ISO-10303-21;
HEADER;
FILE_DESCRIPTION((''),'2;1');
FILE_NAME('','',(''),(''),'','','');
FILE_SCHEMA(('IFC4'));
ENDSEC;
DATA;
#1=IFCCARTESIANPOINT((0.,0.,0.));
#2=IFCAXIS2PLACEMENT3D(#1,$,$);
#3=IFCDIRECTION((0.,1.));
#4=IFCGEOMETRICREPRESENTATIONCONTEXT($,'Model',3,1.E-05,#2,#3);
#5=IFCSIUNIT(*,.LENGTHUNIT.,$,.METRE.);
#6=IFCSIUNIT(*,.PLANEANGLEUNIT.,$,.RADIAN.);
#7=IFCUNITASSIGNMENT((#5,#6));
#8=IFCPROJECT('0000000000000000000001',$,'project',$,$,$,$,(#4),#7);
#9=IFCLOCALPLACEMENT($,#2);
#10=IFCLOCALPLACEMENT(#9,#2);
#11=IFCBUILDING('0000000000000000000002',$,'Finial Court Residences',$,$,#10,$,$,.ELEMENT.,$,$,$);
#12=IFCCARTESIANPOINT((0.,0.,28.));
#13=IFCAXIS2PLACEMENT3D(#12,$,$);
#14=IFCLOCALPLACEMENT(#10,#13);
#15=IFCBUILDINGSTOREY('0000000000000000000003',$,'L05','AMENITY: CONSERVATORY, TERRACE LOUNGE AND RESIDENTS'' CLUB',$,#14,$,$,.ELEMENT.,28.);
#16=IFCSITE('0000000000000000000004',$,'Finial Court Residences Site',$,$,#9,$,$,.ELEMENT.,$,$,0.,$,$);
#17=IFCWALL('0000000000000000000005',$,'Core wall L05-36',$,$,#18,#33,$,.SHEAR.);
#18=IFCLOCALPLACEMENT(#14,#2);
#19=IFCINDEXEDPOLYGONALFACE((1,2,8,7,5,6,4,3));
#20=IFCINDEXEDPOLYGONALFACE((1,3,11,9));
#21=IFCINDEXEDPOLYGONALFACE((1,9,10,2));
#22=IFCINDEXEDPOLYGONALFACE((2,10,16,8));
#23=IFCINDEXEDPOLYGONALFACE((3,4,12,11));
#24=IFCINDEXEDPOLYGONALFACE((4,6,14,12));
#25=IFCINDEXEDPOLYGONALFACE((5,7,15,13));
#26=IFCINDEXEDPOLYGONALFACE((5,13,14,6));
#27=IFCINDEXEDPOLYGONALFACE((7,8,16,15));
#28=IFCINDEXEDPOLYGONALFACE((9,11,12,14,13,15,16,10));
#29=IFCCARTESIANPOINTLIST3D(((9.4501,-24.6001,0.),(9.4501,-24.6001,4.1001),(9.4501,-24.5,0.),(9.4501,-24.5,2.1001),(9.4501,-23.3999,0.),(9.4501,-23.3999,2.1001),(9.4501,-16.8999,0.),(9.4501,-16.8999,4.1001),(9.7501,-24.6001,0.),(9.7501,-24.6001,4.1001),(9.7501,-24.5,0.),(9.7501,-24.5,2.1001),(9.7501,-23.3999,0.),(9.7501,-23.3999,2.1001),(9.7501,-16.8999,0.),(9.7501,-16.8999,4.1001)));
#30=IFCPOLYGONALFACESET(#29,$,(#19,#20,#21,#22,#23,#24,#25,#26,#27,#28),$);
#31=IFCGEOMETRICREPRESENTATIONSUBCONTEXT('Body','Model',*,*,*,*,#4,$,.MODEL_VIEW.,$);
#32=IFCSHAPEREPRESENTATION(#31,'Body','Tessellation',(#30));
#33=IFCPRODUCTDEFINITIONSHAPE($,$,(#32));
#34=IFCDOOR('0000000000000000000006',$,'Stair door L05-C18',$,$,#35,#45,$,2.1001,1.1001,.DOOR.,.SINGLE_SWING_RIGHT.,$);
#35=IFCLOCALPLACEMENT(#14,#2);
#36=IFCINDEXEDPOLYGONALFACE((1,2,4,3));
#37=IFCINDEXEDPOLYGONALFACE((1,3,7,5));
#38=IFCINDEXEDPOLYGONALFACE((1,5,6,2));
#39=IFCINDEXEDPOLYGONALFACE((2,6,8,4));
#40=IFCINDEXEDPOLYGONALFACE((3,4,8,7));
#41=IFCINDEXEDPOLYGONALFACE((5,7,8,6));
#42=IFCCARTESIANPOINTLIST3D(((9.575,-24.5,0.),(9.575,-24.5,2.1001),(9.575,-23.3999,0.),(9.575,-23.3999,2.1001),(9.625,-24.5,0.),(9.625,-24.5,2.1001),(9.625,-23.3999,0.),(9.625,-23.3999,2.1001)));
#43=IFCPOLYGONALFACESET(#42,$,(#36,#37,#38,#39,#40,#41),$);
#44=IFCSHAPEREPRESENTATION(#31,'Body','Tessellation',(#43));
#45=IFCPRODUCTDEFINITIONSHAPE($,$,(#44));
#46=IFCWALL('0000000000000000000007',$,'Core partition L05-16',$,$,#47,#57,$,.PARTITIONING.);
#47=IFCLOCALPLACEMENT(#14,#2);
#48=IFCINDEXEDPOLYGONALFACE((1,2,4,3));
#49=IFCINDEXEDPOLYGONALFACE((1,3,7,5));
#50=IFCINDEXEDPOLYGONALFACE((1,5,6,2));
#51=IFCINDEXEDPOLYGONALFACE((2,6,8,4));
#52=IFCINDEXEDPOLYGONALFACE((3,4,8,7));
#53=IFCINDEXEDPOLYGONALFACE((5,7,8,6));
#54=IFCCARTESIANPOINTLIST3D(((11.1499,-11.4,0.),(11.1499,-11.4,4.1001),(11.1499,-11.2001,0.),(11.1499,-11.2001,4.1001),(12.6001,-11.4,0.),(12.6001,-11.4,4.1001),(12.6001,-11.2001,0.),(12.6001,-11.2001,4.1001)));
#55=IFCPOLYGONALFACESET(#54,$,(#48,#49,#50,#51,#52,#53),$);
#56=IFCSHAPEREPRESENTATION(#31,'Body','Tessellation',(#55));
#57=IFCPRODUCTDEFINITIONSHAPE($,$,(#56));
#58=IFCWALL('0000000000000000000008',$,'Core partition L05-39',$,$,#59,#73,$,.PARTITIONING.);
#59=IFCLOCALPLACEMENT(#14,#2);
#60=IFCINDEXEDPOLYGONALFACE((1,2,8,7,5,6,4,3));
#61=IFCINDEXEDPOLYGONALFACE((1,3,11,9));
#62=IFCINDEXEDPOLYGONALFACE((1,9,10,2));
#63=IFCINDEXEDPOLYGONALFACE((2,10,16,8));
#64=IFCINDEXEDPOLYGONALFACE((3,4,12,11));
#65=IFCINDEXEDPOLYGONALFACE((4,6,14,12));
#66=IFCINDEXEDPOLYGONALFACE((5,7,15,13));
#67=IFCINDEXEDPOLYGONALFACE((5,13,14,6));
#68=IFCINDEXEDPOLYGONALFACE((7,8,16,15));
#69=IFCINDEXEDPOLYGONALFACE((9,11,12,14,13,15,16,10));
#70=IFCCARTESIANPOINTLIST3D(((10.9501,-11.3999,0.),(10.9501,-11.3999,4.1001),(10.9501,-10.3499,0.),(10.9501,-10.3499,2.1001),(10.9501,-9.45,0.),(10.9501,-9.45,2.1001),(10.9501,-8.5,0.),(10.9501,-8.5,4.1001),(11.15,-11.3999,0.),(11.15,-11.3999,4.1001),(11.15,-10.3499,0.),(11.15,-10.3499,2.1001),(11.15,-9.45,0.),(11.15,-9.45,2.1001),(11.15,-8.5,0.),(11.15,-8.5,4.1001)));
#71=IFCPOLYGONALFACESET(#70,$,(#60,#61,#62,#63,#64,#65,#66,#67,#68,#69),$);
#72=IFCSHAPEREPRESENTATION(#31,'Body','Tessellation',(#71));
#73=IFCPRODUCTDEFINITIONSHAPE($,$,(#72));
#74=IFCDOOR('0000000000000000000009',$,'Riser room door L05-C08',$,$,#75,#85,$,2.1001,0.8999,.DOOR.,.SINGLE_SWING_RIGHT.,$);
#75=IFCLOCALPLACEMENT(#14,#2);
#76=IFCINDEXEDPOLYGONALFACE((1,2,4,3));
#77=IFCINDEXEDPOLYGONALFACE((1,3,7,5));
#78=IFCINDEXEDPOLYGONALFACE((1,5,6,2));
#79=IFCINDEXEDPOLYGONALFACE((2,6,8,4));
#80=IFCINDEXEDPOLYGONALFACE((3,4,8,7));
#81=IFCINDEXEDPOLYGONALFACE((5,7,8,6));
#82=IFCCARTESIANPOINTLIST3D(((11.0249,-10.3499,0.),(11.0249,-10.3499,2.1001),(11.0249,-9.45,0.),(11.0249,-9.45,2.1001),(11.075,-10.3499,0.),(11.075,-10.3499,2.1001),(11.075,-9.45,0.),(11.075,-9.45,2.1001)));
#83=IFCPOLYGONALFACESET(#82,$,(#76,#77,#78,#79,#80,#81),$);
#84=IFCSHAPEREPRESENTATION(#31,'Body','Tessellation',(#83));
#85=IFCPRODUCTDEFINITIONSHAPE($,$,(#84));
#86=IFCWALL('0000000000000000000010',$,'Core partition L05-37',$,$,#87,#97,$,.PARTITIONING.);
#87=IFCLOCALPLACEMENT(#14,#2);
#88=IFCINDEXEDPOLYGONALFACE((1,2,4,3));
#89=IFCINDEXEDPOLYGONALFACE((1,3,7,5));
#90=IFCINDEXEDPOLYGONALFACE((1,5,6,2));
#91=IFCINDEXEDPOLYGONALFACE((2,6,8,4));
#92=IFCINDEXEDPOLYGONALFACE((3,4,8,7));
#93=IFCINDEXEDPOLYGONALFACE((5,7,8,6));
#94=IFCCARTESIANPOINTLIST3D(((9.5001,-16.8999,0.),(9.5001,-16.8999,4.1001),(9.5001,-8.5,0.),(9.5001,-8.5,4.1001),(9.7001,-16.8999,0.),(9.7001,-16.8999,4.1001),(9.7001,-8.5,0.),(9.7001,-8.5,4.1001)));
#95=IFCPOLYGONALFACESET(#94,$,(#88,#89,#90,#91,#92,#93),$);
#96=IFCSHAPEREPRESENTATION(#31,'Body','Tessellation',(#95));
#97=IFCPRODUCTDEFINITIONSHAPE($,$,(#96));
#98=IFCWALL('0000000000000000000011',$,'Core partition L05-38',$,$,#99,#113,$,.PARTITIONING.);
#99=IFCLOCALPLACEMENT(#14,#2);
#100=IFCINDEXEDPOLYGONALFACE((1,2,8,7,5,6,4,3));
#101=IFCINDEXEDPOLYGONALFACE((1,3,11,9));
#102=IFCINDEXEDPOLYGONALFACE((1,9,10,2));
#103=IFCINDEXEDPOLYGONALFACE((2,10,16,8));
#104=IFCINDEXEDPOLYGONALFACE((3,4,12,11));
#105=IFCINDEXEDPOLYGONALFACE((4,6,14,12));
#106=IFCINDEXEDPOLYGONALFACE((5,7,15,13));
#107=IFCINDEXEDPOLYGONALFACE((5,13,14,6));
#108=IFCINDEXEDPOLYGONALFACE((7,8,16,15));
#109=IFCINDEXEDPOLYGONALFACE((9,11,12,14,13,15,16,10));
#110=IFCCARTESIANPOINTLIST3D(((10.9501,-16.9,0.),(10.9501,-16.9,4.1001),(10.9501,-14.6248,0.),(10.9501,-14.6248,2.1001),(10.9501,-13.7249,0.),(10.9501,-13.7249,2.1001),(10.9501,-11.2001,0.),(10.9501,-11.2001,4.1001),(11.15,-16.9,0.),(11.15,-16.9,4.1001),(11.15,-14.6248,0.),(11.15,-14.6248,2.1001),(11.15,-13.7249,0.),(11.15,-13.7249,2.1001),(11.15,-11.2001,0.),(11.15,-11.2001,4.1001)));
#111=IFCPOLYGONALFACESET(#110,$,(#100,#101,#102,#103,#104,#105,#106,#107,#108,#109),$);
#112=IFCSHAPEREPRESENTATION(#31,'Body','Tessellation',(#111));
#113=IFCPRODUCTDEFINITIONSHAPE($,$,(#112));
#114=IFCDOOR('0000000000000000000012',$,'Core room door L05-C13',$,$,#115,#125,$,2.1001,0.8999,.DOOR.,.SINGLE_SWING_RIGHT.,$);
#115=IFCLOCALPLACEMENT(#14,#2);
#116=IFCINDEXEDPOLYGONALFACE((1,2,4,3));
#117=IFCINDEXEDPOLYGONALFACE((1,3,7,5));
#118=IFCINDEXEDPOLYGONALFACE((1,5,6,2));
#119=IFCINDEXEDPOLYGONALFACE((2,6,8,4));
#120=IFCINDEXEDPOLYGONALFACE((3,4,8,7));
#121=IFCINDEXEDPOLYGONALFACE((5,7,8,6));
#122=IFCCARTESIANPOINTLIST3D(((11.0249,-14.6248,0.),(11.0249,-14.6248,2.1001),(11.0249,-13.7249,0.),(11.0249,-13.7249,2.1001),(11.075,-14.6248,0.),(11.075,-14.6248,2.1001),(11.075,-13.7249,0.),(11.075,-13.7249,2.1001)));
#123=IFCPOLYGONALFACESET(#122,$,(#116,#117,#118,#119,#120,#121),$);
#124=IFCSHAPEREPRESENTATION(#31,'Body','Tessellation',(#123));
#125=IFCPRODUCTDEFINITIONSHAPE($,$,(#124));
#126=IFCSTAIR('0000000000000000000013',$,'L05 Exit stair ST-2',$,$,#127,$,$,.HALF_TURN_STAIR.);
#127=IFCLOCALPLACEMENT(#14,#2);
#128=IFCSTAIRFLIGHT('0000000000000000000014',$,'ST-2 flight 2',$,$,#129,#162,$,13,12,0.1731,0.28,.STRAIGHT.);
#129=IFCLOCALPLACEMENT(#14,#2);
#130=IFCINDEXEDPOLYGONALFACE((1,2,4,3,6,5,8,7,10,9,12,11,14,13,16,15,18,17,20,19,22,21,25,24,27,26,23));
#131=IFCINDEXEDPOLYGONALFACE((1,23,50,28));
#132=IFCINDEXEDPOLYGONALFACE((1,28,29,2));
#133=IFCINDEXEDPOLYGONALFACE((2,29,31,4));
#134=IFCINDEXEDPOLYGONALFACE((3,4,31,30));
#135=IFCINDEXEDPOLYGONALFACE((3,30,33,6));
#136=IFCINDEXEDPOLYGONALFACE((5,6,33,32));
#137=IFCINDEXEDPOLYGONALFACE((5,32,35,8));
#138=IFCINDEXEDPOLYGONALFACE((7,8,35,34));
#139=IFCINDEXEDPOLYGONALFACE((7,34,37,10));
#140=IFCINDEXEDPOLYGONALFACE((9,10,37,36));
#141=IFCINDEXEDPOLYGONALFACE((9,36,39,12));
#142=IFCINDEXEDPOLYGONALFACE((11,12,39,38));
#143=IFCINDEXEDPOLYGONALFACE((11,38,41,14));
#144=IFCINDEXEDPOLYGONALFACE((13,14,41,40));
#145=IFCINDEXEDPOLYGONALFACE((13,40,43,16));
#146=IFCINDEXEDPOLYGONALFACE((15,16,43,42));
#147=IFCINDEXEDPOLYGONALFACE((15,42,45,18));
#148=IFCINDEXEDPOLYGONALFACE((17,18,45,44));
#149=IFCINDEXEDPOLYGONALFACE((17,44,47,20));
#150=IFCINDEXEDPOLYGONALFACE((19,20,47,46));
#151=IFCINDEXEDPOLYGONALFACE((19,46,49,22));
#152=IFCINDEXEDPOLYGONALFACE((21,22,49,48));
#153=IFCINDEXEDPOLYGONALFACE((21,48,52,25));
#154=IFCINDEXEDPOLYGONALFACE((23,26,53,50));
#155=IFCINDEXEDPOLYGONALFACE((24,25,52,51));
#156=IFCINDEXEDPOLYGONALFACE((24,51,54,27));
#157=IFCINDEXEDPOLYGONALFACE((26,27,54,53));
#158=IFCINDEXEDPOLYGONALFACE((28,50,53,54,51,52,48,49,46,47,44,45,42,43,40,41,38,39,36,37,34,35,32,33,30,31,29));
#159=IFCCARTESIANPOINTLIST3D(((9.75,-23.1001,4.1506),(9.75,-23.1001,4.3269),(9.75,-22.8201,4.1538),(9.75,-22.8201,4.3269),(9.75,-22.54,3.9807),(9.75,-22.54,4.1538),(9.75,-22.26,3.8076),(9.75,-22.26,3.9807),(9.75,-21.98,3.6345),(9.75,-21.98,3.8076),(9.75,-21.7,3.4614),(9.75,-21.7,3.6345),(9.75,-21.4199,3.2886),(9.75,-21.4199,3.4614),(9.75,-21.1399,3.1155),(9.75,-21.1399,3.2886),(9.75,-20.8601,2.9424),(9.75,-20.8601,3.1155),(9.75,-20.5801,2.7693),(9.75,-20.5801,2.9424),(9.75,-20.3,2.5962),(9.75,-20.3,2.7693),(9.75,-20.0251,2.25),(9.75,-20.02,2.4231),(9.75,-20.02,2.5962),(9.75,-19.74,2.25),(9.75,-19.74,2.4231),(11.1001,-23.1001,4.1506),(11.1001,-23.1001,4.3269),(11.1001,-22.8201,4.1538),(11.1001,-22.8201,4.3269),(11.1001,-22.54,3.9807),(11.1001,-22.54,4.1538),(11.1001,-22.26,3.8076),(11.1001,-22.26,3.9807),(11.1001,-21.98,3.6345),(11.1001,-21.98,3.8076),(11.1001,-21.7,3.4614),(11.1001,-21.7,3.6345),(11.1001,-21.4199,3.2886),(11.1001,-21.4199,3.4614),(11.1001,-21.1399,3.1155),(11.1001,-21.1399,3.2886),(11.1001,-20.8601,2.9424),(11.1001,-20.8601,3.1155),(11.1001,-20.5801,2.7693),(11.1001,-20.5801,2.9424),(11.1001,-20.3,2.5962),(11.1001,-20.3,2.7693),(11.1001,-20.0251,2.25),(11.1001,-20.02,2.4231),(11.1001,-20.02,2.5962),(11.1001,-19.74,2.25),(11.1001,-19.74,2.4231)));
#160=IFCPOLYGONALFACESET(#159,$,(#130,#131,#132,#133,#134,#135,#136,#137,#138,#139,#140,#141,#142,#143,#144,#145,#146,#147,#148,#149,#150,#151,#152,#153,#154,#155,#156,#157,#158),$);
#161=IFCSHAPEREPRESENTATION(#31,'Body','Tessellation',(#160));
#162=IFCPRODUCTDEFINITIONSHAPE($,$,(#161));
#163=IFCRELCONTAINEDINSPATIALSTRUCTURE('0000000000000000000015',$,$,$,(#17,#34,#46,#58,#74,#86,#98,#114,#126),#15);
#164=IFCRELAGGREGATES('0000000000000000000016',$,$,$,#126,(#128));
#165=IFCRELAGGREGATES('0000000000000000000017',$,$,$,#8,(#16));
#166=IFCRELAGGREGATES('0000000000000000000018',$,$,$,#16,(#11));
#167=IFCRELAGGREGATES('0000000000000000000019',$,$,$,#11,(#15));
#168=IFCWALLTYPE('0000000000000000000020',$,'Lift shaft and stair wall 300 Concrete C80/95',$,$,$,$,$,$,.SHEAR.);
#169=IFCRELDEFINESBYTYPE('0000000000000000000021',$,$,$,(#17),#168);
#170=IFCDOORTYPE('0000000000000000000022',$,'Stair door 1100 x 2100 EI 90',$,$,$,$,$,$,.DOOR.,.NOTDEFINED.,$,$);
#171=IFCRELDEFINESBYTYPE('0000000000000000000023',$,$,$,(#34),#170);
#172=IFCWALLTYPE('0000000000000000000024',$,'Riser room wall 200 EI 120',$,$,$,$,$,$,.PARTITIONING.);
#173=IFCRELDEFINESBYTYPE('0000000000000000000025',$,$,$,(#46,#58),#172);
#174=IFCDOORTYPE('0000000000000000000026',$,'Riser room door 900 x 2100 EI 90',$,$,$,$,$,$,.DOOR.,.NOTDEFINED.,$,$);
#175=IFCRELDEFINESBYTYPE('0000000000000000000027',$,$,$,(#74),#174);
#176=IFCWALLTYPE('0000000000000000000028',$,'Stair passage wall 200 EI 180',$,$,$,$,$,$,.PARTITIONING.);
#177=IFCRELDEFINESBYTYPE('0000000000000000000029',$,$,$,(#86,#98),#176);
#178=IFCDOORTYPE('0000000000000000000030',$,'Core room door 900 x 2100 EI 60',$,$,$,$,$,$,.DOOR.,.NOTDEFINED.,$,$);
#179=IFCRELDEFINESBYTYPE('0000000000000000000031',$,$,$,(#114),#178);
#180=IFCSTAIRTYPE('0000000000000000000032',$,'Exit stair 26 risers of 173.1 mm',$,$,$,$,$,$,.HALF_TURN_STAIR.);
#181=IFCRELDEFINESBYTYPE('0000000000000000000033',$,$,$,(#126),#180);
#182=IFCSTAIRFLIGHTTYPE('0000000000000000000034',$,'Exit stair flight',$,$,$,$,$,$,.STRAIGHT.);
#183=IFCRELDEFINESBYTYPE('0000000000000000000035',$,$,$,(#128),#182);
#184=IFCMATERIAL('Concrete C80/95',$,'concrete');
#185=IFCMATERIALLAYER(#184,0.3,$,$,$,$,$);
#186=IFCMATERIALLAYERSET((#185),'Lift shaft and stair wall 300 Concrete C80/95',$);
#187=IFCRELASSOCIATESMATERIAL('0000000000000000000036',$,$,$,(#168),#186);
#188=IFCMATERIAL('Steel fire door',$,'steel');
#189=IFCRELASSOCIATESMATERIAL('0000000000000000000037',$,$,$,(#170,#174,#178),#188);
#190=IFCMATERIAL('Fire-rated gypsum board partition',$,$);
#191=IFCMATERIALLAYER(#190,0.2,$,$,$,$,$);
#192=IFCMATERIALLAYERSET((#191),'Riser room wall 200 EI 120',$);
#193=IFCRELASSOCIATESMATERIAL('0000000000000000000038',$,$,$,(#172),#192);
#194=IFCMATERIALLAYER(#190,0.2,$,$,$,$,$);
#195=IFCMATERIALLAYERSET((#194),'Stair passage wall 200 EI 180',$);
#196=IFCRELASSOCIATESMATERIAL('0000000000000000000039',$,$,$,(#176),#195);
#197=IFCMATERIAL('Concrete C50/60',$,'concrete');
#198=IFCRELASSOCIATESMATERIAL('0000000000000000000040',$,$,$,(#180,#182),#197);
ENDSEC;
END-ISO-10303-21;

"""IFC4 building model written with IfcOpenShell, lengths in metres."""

from ifc_helpers import new_model, si_unit, direction, frame, frame_2d, origin, place, context, subcontext, project, spatial, polyline, rectangle, outline, extrude, material, layer, layer_set, type_object, element, fill, aggregate, save


model = new_model("IFC4")

# Units and contexts
model_context = context("Model", 3, precision=1e-05, world=origin(), true_north=direction((0.0, 1.0)))
body_context = subcontext(model_context, "Body", "Model", "MODEL_VIEW")
ifc_project = project(units=[si_unit("LENGTHUNIT", "METRE"), si_unit("PLANEANGLEUNIT", "RADIAN")], contexts=[model_context])

# Site, building, storey
site_placement = place(None, origin())
site = spatial("IfcSite", under=ifc_project, at=site_placement, Name="Finial Court Residences Site", CompositionType="ELEMENT", RefElevation=0.0)
building_placement = place(site_placement, origin())
building = spatial("IfcBuilding", under=site, at=building_placement, Name="Finial Court Residences", CompositionType="ELEMENT")
storey_placement = place(building_placement, frame((0.0, 0.0, 28.0)))
storey = spatial("IfcBuildingStorey", under=building, at=storey_placement, Name="L05", Description="AMENITY: CONSERVATORY, TERRACE LOUNGE AND RESIDENTS' CLUB", CompositionType="ELEMENT", Elevation=28.0)

# Shared definitions
ifc_material_1 = material(Name="Concrete C80/95", Category="concrete")

# Shared definitions
ifc_layer_1 = layer(ifc_material_1, 0.3)
ifc_layer_set_1 = layer_set([ifc_layer_1], Name="Lift shaft and stair wall 300 Concrete C80/95")
wall_type_1 = type_object("IfcWallType", Name="Lift shaft and stair wall 300 Concrete C80/95", PredefinedType="SHEAR", material=ifc_layer_set_1)

# Wall, opening, door
wall_1_placement = place(storey_placement, frame((9.6001, -16.8999, 0.0), z_axis=(0.0, 0.0, 1.0), x_axis=(0.0, -1.0, 0.0)))
wall_1 = element("IfcWall", 1, at=wall_1_placement, inside=storey, type_object=wall_type_1, Name="Core wall L05-36", PredefinedType="SHEAR", context=body_context, shape_type="SweptSolid", body=[
    extrude(rectangle(XDim=7.7002, YDim=0.3, at=frame_2d((3.8501, 0.0))), origin(), (0.0, 0.0, 1.0), 4.1001),
])
opening_1_placement = place(wall_1_placement, frame((6.5, 0.0, 0.0)))
opening_1 = element("IfcOpeningElement", 2, at=opening_1_placement, cuts=wall_1, PredefinedType="OPENING", context=body_context, shape_type="SweptSolid", body=[
    extrude(rectangle(XDim=1.1001, YDim=2.1001, at=frame_2d((0.55, 1.05))), frame((0.0, 0.1599, 0.0), z_axis=(0.0, -1.0, 0.0), x_axis=(1.0, 0.0, 0.0)), (0.0, 0.0, 1.0), 0.3201),
])
ifc_material_2 = material(Name="Steel fire door", Category="steel")
door_type_1 = type_object("IfcDoorType", Name="Stair door 1100 x 2100 EI 90", OperationType="NOTDEFINED", PredefinedType="DOOR", material=ifc_material_2)
door_1_placement = place(opening_1_placement, origin())
door_1 = element("IfcDoor", 3, at=door_1_placement, inside=storey, type_object=door_type_1, Name="Stair door L05-C18", OperationType="SINGLE_SWING_RIGHT", OverallHeight=2.1001, OverallWidth=1.1001, PredefinedType="DOOR", context=body_context, shape_type="SweptSolid", body=[
    extrude(rectangle(XDim=1.1001, YDim=2.1001, at=frame_2d((0.55, 1.05))), frame((0.0, 0.0249, 0.0), z_axis=(0.0, -1.0, 0.0), x_axis=(1.0, 0.0, 0.0)), (0.0, 0.0, 1.0), 0.05),
])
fill(opening_1, door_1)

# Wall
ifc_material_3 = material(Name="Fire-rated gypsum board partition")
ifc_layer_2 = layer(ifc_material_3, 0.2)
ifc_layer_set_2 = layer_set([ifc_layer_2], Name="Riser room wall 200 EI 120")
wall_type_2 = type_object("IfcWallType", Name="Riser room wall 200 EI 120", PredefinedType="PARTITIONING", material=ifc_layer_set_2)
wall_2_placement = place(storey_placement, frame((11.1499, -11.3, 0.0), z_axis=(0.0, 0.0, 1.0), x_axis=(1.0, 0.0, 0.0)))
element("IfcWall", 4, at=wall_2_placement, inside=storey, type_object=wall_type_2, Name="Core partition L05-16", PredefinedType="PARTITIONING", context=body_context, shape_type="SweptSolid", body=[
    extrude(rectangle(XDim=1.4502, YDim=0.2, at=frame_2d((0.7251, 0.0))), origin(), (0.0, 0.0, 1.0), 4.1001),
])

# Wall, opening, door
wall_3_placement = place(storey_placement, frame((11.05, -8.5, 0.0), z_axis=(0.0, 0.0, 1.0), x_axis=(0.0, -1.0, 0.0)))
wall_3 = element("IfcWall", 5, at=wall_3_placement, inside=storey, type_object=wall_type_2, Name="Core partition L05-39", PredefinedType="PARTITIONING", context=body_context, shape_type="SweptSolid", body=[
    extrude(rectangle(XDim=2.8999, YDim=0.2, at=frame_2d((1.45, 0.0))), origin(), (0.0, 0.0, 1.0), 4.1001),
])
opening_2_placement = place(wall_3_placement, frame((0.95, 0.0, 0.0)))
opening_2 = element("IfcOpeningElement", 6, at=opening_2_placement, cuts=wall_3, PredefinedType="OPENING", context=body_context, shape_type="SweptSolid", body=[
    extrude(rectangle(XDim=0.8999, YDim=2.1001, at=frame_2d((0.45, 1.05))), frame((0.0, 0.1099, 0.0), z_axis=(0.0, -1.0, 0.0), x_axis=(1.0, 0.0, 0.0)), (0.0, 0.0, 1.0), 0.22),
])
door_type_2 = type_object("IfcDoorType", Name="Riser room door 900 x 2100 EI 90", OperationType="NOTDEFINED", PredefinedType="DOOR", material=ifc_material_2)
door_2_placement = place(opening_2_placement, origin())
door_2 = element("IfcDoor", 7, at=door_2_placement, inside=storey, type_object=door_type_2, Name="Riser room door L05-C08", OperationType="SINGLE_SWING_RIGHT", OverallHeight=2.1001, OverallWidth=0.8999, PredefinedType="DOOR", context=body_context, shape_type="SweptSolid", body=[
    extrude(rectangle(XDim=0.8999, YDim=2.1001, at=frame_2d((0.45, 1.05))), frame((0.0, 0.0249, 0.0), z_axis=(0.0, -1.0, 0.0), x_axis=(1.0, 0.0, 0.0)), (0.0, 0.0, 1.0), 0.05),
])
fill(opening_2, door_2)

# Wall
ifc_layer_3 = layer(ifc_material_3, 0.2)
ifc_layer_set_3 = layer_set([ifc_layer_3], Name="Stair passage wall 200 EI 180")
wall_type_3 = type_object("IfcWallType", Name="Stair passage wall 200 EI 180", PredefinedType="PARTITIONING", material=ifc_layer_set_3)
wall_4_placement = place(storey_placement, frame((9.6001, -16.8999, 0.0), z_axis=(0.0, 0.0, 1.0), x_axis=(0.0, 1.0, 0.0)))
element("IfcWall", 8, at=wall_4_placement, inside=storey, type_object=wall_type_3, Name="Core partition L05-37", PredefinedType="PARTITIONING", context=body_context, shape_type="SweptSolid", body=[
    extrude(rectangle(XDim=8.3999, YDim=0.2, at=frame_2d((4.2, 0.0))), origin(), (0.0, 0.0, 1.0), 4.1001),
])

# Wall, opening, door
wall_5_placement = place(storey_placement, frame((11.05, -11.2, 0.0), z_axis=(0.0, 0.0, 1.0), x_axis=(0.0, -1.0, 0.0)))
wall_5 = element("IfcWall", 9, at=wall_5_placement, inside=storey, type_object=wall_type_3, Name="Core partition L05-38", PredefinedType="PARTITIONING", context=body_context, shape_type="SweptSolid", body=[
    extrude(rectangle(XDim=5.7, YDim=0.2, at=frame_2d((2.8501, 0.0))), origin(), (0.0, 0.0, 1.0), 4.1001),
])
opening_3_placement = place(wall_5_placement, frame((2.5249, 0.0, 0.0)))
opening_3 = element("IfcOpeningElement", 10, at=opening_3_placement, cuts=wall_5, PredefinedType="OPENING", context=body_context, shape_type="SweptSolid", body=[
    extrude(rectangle(XDim=0.8999, YDim=2.1001, at=frame_2d((0.45, 1.05))), frame((0.0, 0.1099, 0.0), z_axis=(0.0, -1.0, 0.0), x_axis=(1.0, 0.0, 0.0)), (0.0, 0.0, 1.0), 0.22),
])
door_type_3 = type_object("IfcDoorType", Name="Core room door 900 x 2100 EI 60", OperationType="NOTDEFINED", PredefinedType="DOOR", material=ifc_material_2)
door_3_placement = place(opening_3_placement, origin())
door_3 = element("IfcDoor", 11, at=door_3_placement, inside=storey, type_object=door_type_3, Name="Core room door L05-C13", OperationType="SINGLE_SWING_RIGHT", OverallHeight=2.1001, OverallWidth=0.8999, PredefinedType="DOOR", context=body_context, shape_type="SweptSolid", body=[
    extrude(rectangle(XDim=0.8999, YDim=2.1001, at=frame_2d((0.45, 1.05))), frame((0.0, 0.0249, 0.0), z_axis=(0.0, -1.0, 0.0), x_axis=(1.0, 0.0, 0.0)), (0.0, 0.0, 1.0), 0.05),
])
fill(opening_3, door_3)

# Stair, stair flight
ifc_material_4 = material(Name="Concrete C50/60", Category="concrete")
stair_type = type_object("IfcStairType", Name="Exit stair 26 risers of 173.1 mm", PredefinedType="HALF_TURN_STAIR", material=ifc_material_4)
stair_placement = place(storey_placement, origin())
stair = element("IfcStair", 12, at=stair_placement, inside=storey, type_object=stair_type, Name="L05 Exit stair ST-2", PredefinedType="HALF_TURN_STAIR")
stair_flight_type = type_object("IfcStairFlightType", Name="Exit stair flight", PredefinedType="STRAIGHT", material=ifc_material_4)
stair_flight_placement = place(storey_placement, frame((10.425, -19.74, 2.25), z_axis=(0.0, 0.0, 1.0), x_axis=(0.0, -1.0, 0.0)))
stair_flight = element("IfcStairFlight", 13, at=stair_flight_placement, type_object=stair_flight_type, Name="ST-2 flight 2", NumberOfRisers=13, NumberOfTreads=12, PredefinedType="STRAIGHT", RiserHeight=0.1731, TreadLength=0.28, context=body_context, shape_type="SweptSolid", body=[
    extrude(outline(polyline([(0.0, 0.0), (0.0, 0.1731), (0.28, 0.1731), (0.28, 0.3462), (0.5601, 0.3462), (0.5601, 0.5193), (0.8401, 0.5193), (0.8401, 0.6924), (1.1201, 0.6924), (1.1201, 0.8655), (1.3999, 0.8655), (1.3999, 1.0386), (1.6799, 1.0386), (1.6799, 1.2114), (1.96, 1.2114), (1.96, 1.3845), (2.24, 1.3845), (2.24, 1.5576), (2.52, 1.5576), (2.52, 1.7307), (2.8, 1.7307), (2.8, 1.9038), (3.0801, 1.9038), (3.0801, 2.0769), (3.3601, 2.0769), (3.3601, 2.25), (3.3601, 1.9006), (0.2852, 0.0), (0.0, 0.0)])), frame((0.0, 0.675, 0.0), z_axis=(0.0, -1.0, 0.0), x_axis=(1.0, 0.0, 0.0)), (0.0, 0.0, 1.0), 1.3501),
])
aggregate(stair, [stair_flight])

save(model, "model.ifc")
